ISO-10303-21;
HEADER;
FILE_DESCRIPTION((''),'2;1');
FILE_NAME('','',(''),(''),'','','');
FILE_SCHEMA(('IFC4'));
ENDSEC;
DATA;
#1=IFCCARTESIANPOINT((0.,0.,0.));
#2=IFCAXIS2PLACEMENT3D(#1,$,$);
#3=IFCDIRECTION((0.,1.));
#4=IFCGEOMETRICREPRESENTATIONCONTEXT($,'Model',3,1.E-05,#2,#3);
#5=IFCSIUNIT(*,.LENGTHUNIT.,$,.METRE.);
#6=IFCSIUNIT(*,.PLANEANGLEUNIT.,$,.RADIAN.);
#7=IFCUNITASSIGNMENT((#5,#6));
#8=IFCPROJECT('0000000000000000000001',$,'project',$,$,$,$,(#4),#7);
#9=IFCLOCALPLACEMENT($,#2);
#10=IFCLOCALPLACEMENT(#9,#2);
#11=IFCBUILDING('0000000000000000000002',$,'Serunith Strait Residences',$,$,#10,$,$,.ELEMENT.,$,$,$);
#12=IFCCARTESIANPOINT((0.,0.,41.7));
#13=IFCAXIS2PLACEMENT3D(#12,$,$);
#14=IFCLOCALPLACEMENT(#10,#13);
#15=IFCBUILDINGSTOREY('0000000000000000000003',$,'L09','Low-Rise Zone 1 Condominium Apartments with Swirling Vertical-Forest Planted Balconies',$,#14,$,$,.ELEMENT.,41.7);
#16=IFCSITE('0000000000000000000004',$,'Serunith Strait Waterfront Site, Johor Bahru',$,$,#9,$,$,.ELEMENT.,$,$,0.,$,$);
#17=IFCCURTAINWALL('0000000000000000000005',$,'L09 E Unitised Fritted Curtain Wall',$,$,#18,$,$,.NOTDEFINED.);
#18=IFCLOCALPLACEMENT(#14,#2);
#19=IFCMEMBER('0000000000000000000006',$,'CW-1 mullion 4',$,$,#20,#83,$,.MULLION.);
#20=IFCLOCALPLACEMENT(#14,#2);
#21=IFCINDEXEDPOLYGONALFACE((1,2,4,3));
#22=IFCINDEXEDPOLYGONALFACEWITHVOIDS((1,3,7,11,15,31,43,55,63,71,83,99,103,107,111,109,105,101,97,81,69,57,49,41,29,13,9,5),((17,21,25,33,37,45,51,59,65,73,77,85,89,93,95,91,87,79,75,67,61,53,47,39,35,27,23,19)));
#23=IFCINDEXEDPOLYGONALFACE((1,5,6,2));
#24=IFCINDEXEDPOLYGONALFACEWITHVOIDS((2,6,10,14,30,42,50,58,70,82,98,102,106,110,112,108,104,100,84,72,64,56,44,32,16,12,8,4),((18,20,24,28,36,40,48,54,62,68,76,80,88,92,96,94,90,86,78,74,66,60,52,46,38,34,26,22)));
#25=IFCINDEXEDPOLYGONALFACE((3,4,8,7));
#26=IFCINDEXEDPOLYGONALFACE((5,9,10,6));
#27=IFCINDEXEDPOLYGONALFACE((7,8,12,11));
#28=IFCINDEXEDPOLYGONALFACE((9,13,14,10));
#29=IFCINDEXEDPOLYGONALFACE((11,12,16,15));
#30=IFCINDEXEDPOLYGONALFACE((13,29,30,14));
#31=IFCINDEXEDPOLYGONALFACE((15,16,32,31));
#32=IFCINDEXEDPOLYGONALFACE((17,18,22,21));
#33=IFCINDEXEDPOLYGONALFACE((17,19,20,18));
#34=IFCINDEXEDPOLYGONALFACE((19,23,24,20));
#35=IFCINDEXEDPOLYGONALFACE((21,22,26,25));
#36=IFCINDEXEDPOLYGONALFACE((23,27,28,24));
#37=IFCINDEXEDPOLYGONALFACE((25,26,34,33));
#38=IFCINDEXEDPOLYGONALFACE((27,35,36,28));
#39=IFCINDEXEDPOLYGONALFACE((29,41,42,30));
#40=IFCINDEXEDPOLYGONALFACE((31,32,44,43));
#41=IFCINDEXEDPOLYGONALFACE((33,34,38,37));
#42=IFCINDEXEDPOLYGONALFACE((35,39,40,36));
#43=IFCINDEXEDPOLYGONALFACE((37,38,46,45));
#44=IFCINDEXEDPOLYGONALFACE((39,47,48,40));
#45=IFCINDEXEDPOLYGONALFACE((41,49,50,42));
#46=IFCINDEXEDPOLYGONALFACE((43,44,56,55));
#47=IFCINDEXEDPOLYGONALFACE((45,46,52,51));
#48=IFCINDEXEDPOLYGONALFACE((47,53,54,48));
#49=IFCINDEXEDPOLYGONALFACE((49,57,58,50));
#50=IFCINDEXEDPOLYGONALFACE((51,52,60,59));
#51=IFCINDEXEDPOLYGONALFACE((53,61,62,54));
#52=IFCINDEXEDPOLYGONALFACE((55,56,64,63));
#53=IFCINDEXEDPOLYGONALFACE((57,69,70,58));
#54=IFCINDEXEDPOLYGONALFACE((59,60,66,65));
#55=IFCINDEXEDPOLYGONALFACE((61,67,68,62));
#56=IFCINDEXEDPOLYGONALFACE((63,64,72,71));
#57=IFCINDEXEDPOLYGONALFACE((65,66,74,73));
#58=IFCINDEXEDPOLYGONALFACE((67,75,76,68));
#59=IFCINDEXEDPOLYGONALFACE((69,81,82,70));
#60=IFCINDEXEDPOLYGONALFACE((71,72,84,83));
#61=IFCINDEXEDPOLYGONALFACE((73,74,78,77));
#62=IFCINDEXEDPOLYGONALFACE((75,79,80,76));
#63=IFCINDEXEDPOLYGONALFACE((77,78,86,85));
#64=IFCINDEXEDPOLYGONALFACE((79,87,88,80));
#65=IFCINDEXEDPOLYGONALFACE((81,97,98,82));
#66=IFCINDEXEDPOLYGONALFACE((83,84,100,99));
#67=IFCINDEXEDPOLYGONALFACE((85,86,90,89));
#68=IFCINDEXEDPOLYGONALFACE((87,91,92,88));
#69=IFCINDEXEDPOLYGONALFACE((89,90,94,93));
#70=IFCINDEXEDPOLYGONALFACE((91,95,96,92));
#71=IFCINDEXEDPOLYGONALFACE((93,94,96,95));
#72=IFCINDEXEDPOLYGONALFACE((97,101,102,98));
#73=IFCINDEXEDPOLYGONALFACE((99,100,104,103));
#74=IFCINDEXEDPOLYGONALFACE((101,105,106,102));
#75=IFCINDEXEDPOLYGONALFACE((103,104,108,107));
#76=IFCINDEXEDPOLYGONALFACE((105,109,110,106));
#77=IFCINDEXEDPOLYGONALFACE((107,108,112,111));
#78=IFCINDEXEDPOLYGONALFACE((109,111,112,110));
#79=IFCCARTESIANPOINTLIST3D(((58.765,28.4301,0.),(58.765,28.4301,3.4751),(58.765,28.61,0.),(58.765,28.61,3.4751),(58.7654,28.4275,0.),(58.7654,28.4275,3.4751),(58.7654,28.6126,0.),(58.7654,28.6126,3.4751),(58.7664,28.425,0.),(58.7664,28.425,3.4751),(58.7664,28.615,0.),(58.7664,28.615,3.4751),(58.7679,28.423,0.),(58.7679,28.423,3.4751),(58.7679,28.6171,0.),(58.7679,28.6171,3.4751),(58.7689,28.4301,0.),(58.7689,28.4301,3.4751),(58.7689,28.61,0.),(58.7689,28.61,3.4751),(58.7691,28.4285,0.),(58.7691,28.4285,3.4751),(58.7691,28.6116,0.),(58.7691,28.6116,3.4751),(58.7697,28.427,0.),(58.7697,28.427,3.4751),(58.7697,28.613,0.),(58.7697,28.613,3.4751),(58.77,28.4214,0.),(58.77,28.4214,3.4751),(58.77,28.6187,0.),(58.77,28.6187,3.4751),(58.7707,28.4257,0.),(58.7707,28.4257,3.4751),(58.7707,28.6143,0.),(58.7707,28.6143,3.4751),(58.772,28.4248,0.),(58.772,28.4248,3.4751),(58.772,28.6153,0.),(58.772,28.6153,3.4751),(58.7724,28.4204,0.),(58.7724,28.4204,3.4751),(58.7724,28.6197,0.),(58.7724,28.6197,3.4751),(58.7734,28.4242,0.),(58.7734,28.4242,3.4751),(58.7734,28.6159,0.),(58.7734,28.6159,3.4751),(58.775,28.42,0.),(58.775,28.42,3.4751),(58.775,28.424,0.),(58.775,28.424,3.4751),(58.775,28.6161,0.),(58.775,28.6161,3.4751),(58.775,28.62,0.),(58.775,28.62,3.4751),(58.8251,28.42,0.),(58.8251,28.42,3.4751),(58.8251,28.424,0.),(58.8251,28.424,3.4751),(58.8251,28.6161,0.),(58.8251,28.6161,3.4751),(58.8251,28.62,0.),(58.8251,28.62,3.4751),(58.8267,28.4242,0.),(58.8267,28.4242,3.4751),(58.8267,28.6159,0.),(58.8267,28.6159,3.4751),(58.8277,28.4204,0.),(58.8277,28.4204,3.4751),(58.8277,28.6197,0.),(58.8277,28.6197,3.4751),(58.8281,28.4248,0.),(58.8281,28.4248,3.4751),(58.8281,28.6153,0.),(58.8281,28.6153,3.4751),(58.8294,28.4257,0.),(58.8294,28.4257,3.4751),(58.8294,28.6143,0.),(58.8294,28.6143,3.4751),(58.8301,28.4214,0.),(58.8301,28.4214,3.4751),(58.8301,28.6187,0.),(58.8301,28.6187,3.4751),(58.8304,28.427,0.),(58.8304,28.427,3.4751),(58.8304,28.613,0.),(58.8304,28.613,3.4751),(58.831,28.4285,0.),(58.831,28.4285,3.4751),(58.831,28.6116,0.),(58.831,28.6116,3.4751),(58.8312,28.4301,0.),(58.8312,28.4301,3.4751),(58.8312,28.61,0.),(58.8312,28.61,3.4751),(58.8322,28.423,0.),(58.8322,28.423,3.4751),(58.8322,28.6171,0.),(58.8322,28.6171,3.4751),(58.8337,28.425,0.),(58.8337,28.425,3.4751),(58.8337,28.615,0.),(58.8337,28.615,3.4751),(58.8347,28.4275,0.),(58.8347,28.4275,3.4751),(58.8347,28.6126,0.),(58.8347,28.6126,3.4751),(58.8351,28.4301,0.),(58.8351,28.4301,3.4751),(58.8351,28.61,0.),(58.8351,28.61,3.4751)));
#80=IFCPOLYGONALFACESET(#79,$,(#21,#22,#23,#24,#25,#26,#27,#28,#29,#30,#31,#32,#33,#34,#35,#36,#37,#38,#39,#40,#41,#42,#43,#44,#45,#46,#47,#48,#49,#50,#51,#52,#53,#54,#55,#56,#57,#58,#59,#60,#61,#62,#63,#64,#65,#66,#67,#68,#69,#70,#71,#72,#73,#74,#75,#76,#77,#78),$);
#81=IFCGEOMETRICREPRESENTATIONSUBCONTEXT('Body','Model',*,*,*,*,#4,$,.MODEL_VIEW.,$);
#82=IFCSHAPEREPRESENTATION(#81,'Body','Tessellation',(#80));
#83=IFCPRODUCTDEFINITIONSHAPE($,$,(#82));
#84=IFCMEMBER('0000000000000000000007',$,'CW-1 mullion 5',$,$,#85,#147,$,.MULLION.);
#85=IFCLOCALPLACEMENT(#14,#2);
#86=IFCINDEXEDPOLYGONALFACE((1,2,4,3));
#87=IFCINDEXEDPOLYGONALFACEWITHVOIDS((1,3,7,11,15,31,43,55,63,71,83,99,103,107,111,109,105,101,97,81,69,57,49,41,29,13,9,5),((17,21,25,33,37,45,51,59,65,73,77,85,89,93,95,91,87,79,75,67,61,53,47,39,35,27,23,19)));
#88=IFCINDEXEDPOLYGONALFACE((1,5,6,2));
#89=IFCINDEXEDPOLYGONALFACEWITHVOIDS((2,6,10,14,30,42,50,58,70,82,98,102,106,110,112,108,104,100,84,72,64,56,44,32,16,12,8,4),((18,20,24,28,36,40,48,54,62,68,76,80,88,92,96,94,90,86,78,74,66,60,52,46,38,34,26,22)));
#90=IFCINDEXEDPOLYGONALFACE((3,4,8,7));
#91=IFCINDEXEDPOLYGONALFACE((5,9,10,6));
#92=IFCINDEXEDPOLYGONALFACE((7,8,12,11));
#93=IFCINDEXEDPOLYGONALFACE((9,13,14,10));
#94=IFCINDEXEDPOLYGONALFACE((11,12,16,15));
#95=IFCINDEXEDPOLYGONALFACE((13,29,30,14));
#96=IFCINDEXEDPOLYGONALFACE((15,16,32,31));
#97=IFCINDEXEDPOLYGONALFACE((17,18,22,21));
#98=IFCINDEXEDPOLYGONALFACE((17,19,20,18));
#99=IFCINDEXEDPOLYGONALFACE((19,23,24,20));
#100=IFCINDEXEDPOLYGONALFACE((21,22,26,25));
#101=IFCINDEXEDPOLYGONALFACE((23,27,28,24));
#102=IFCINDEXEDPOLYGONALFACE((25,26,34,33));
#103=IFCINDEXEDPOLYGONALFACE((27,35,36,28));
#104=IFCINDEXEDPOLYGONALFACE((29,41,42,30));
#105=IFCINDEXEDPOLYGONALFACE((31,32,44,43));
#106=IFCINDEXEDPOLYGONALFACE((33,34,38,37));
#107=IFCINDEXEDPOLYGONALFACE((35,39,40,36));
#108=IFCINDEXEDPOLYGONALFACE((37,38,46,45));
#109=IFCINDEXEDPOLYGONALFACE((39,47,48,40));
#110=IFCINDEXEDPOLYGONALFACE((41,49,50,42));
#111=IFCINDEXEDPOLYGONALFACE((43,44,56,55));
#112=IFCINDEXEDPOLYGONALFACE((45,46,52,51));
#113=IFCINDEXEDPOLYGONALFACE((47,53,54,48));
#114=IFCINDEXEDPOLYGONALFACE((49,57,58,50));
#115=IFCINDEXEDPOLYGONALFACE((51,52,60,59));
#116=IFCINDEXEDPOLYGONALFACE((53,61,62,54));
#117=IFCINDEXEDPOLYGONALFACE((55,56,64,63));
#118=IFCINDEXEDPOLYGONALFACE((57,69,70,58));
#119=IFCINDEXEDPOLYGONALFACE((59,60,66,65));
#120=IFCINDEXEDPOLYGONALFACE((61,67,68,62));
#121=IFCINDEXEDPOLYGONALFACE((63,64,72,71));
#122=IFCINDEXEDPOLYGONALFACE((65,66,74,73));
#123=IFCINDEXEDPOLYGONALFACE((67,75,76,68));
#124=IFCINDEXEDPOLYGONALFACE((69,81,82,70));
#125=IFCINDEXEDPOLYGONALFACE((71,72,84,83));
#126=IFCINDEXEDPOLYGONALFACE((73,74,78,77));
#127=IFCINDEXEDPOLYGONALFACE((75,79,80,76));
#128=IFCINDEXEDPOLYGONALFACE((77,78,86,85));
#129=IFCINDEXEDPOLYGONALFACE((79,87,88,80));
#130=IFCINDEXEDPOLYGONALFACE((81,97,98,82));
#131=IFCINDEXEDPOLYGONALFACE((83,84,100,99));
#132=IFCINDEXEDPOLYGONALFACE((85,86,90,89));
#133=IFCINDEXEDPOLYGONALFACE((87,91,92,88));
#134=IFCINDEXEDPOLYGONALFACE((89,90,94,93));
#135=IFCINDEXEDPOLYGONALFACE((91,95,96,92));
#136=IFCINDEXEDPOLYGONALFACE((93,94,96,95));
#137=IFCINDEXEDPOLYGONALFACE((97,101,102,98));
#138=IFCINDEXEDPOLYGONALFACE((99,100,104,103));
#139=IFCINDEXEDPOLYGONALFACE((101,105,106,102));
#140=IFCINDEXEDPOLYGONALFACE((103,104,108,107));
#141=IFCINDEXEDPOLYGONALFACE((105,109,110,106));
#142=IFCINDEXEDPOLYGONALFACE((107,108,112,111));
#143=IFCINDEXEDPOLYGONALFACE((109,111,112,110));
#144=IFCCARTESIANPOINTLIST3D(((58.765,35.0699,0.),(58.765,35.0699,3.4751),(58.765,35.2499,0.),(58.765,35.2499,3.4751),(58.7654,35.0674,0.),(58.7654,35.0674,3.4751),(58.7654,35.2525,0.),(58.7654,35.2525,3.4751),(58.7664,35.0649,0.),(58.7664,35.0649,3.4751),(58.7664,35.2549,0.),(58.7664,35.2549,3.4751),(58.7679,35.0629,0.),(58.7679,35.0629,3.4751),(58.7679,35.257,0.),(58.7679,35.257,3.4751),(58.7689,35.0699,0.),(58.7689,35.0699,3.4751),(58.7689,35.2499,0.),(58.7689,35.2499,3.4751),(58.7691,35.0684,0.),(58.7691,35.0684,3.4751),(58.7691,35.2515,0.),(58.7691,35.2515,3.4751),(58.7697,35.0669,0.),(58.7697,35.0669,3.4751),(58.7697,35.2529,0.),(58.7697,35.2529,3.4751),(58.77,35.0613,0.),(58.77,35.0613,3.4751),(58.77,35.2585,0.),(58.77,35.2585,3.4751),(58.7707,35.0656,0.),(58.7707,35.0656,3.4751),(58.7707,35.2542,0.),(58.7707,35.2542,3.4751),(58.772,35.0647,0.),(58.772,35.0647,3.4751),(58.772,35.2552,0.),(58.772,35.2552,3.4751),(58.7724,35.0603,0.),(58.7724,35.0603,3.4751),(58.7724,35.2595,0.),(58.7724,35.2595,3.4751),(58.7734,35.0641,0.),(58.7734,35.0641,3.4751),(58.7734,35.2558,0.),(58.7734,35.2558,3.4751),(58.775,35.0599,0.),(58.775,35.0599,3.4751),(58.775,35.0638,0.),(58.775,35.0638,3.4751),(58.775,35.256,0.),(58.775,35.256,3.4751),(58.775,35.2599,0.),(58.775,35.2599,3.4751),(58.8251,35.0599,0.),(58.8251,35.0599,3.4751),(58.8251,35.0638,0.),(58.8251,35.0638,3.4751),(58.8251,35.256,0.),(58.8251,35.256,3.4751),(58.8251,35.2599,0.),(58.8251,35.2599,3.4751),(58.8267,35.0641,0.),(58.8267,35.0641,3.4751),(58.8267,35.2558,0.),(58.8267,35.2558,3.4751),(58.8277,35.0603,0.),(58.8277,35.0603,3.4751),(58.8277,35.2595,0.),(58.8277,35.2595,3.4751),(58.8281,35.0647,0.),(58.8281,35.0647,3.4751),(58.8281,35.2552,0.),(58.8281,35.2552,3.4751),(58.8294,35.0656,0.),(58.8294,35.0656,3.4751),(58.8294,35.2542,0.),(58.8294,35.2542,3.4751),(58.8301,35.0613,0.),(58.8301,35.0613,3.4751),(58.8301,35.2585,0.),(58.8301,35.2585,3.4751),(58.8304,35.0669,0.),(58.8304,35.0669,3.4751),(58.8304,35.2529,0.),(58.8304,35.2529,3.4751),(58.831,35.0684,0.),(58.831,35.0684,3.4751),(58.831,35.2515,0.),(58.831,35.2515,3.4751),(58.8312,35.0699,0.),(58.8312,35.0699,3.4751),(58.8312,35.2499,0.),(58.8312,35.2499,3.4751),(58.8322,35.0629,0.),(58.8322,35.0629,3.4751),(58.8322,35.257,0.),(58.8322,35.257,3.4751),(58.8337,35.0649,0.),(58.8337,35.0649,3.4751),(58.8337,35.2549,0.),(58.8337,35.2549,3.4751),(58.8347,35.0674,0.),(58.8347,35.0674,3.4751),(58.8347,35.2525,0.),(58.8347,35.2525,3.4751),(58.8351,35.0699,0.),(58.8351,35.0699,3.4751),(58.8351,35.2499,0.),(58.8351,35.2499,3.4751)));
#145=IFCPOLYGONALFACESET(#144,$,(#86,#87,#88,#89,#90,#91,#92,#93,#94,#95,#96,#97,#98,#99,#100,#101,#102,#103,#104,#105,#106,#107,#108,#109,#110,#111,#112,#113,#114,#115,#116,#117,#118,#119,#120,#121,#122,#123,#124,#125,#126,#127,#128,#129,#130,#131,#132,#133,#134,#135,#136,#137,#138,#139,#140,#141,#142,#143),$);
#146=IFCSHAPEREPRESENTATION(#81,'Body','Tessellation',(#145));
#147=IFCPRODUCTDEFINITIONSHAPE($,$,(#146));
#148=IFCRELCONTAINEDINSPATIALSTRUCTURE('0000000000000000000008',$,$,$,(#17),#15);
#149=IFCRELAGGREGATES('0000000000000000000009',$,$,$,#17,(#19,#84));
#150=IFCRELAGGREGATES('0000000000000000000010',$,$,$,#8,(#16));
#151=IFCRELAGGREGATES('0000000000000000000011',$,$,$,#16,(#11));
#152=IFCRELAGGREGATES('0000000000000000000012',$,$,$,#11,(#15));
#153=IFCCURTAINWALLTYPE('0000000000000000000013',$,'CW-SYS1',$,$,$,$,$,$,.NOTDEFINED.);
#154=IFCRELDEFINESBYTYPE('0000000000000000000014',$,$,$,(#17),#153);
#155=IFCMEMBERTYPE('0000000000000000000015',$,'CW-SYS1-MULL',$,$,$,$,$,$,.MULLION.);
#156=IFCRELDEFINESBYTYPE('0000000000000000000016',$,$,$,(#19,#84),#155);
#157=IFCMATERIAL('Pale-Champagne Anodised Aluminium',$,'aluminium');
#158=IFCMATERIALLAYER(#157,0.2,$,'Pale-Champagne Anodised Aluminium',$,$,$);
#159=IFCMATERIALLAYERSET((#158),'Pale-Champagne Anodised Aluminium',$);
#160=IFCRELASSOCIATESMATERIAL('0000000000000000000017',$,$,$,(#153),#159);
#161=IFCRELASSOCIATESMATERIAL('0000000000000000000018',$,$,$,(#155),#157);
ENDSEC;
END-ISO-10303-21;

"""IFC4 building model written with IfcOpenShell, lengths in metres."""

from ifc_helpers import new_model, si_unit, direction, frame, origin, origin_2d, place, context, subcontext, project, spatial, hollow_rectangle, extrude, source, transform, mapped, material, layer, layer_set, material_profile, profile_set, type_object, element, aggregate, save


model = new_model("IFC4")

# Units and contexts
model_context = context("Model", 3, precision=1e-05, world=origin(), true_north=direction((0.0, 1.0)))
body_context = subcontext(model_context, "Body", "Model", "MODEL_VIEW")
ifc_project = project(units=[si_unit("LENGTHUNIT", "METRE"), si_unit("PLANEANGLEUNIT", "RADIAN")], contexts=[model_context])

# Site, building, storey
site_placement = place(None, origin())
site = spatial("IfcSite", under=ifc_project, at=site_placement, Name="Serunith Strait Waterfront Site, Johor Bahru", CompositionType="ELEMENT", RefElevation=0.0)
building_placement = place(site_placement, origin())
building = spatial("IfcBuilding", under=site, at=building_placement, Name="Serunith Strait Residences", CompositionType="ELEMENT")
storey_placement = place(building_placement, frame((0.0, 0.0, 41.7)))
storey = spatial("IfcBuildingStorey", under=building, at=storey_placement, Name="L09", Description="Low-Rise Zone 1 Condominium Apartments with Swirling Vertical-Forest Planted Balconies", CompositionType="ELEMENT", Elevation=41.7)

# Curtain wall, members
ifc_material_1 = material(Name="Pale-Champagne Anodised Aluminium", Category="aluminium")
ifc_layer_1 = layer(ifc_material_1, 0.2, Name="Pale-Champagne Anodised Aluminium")
ifc_layer_set_1 = layer_set([ifc_layer_1], Name="Pale-Champagne Anodised Aluminium")
curtain_wall_type = type_object("IfcCurtainWallType", Name="CW-SYS1", PredefinedType="NOTDEFINED", material=ifc_layer_set_1)
curtain_wall_placement = place(storey_placement, origin())
curtain_wall = element("IfcCurtainWall", 1, at=curtain_wall_placement, inside=storey, type_object=curtain_wall_type, Name="L09 E Unitised Fritted Curtain Wall", PredefinedType="NOTDEFINED")
ifc_material_profile_1 = material_profile(ifc_material_1, hollow_rectangle(XDim=0.0701, YDim=0.2, WallThickness=0.0039, InnerFilletRadius=0.0061, OuterFilletRadius=0.01, at=origin_2d()), Name="ALU 200x70x4")
ifc_profile_set_1 = profile_set([ifc_material_profile_1], Name="Pale-Champagne Anodised Aluminium")
member_type_1 = type_object("IfcMemberType", Name="CW-SYS1-MULL", PredefinedType="MULLION", material=ifc_profile_set_1)
shared_shape_1 = source(origin(), body_context, "Body", "SweptSolid", [
    extrude(hollow_rectangle(XDim=0.0701, YDim=0.2, WallThickness=0.0039, InnerFilletRadius=0.0061, OuterFilletRadius=0.01, at=origin_2d()), origin(), (0.0, 0.0, 1.0), 3.4751),
])
member_1_placement = place(storey_placement, frame((58.8, 28.52, 0.0), z_axis=(0.0, 0.0, 1.0), x_axis=(-1.0, 0.0, 0.0)))
member_1 = element("IfcMember", 2, at=member_1_placement, type_object=member_type_1, Name="CW-1 mullion 4", PredefinedType="MULLION", context=body_context, shape_type="MappedRepresentation", body=[
    mapped(shared_shape_1, transform((0.0, 0.0, 0.0), scale=1.0)),
])
member_2_placement = place(storey_placement, frame((58.8, 35.1599, 0.0), z_axis=(0.0, 0.0, 1.0), x_axis=(-1.0, 0.0, 0.0)))
member_2 = element("IfcMember", 3, at=member_2_placement, type_object=member_type_1, Name="CW-1 mullion 5", PredefinedType="MULLION", context=body_context, shape_type="MappedRepresentation", body=[
    mapped(shared_shape_1, transform((0.0, 0.0, 0.0), scale=1.0)),
])
aggregate(curtain_wall, [member_1, member_2])

save(model, "model.ifc")
